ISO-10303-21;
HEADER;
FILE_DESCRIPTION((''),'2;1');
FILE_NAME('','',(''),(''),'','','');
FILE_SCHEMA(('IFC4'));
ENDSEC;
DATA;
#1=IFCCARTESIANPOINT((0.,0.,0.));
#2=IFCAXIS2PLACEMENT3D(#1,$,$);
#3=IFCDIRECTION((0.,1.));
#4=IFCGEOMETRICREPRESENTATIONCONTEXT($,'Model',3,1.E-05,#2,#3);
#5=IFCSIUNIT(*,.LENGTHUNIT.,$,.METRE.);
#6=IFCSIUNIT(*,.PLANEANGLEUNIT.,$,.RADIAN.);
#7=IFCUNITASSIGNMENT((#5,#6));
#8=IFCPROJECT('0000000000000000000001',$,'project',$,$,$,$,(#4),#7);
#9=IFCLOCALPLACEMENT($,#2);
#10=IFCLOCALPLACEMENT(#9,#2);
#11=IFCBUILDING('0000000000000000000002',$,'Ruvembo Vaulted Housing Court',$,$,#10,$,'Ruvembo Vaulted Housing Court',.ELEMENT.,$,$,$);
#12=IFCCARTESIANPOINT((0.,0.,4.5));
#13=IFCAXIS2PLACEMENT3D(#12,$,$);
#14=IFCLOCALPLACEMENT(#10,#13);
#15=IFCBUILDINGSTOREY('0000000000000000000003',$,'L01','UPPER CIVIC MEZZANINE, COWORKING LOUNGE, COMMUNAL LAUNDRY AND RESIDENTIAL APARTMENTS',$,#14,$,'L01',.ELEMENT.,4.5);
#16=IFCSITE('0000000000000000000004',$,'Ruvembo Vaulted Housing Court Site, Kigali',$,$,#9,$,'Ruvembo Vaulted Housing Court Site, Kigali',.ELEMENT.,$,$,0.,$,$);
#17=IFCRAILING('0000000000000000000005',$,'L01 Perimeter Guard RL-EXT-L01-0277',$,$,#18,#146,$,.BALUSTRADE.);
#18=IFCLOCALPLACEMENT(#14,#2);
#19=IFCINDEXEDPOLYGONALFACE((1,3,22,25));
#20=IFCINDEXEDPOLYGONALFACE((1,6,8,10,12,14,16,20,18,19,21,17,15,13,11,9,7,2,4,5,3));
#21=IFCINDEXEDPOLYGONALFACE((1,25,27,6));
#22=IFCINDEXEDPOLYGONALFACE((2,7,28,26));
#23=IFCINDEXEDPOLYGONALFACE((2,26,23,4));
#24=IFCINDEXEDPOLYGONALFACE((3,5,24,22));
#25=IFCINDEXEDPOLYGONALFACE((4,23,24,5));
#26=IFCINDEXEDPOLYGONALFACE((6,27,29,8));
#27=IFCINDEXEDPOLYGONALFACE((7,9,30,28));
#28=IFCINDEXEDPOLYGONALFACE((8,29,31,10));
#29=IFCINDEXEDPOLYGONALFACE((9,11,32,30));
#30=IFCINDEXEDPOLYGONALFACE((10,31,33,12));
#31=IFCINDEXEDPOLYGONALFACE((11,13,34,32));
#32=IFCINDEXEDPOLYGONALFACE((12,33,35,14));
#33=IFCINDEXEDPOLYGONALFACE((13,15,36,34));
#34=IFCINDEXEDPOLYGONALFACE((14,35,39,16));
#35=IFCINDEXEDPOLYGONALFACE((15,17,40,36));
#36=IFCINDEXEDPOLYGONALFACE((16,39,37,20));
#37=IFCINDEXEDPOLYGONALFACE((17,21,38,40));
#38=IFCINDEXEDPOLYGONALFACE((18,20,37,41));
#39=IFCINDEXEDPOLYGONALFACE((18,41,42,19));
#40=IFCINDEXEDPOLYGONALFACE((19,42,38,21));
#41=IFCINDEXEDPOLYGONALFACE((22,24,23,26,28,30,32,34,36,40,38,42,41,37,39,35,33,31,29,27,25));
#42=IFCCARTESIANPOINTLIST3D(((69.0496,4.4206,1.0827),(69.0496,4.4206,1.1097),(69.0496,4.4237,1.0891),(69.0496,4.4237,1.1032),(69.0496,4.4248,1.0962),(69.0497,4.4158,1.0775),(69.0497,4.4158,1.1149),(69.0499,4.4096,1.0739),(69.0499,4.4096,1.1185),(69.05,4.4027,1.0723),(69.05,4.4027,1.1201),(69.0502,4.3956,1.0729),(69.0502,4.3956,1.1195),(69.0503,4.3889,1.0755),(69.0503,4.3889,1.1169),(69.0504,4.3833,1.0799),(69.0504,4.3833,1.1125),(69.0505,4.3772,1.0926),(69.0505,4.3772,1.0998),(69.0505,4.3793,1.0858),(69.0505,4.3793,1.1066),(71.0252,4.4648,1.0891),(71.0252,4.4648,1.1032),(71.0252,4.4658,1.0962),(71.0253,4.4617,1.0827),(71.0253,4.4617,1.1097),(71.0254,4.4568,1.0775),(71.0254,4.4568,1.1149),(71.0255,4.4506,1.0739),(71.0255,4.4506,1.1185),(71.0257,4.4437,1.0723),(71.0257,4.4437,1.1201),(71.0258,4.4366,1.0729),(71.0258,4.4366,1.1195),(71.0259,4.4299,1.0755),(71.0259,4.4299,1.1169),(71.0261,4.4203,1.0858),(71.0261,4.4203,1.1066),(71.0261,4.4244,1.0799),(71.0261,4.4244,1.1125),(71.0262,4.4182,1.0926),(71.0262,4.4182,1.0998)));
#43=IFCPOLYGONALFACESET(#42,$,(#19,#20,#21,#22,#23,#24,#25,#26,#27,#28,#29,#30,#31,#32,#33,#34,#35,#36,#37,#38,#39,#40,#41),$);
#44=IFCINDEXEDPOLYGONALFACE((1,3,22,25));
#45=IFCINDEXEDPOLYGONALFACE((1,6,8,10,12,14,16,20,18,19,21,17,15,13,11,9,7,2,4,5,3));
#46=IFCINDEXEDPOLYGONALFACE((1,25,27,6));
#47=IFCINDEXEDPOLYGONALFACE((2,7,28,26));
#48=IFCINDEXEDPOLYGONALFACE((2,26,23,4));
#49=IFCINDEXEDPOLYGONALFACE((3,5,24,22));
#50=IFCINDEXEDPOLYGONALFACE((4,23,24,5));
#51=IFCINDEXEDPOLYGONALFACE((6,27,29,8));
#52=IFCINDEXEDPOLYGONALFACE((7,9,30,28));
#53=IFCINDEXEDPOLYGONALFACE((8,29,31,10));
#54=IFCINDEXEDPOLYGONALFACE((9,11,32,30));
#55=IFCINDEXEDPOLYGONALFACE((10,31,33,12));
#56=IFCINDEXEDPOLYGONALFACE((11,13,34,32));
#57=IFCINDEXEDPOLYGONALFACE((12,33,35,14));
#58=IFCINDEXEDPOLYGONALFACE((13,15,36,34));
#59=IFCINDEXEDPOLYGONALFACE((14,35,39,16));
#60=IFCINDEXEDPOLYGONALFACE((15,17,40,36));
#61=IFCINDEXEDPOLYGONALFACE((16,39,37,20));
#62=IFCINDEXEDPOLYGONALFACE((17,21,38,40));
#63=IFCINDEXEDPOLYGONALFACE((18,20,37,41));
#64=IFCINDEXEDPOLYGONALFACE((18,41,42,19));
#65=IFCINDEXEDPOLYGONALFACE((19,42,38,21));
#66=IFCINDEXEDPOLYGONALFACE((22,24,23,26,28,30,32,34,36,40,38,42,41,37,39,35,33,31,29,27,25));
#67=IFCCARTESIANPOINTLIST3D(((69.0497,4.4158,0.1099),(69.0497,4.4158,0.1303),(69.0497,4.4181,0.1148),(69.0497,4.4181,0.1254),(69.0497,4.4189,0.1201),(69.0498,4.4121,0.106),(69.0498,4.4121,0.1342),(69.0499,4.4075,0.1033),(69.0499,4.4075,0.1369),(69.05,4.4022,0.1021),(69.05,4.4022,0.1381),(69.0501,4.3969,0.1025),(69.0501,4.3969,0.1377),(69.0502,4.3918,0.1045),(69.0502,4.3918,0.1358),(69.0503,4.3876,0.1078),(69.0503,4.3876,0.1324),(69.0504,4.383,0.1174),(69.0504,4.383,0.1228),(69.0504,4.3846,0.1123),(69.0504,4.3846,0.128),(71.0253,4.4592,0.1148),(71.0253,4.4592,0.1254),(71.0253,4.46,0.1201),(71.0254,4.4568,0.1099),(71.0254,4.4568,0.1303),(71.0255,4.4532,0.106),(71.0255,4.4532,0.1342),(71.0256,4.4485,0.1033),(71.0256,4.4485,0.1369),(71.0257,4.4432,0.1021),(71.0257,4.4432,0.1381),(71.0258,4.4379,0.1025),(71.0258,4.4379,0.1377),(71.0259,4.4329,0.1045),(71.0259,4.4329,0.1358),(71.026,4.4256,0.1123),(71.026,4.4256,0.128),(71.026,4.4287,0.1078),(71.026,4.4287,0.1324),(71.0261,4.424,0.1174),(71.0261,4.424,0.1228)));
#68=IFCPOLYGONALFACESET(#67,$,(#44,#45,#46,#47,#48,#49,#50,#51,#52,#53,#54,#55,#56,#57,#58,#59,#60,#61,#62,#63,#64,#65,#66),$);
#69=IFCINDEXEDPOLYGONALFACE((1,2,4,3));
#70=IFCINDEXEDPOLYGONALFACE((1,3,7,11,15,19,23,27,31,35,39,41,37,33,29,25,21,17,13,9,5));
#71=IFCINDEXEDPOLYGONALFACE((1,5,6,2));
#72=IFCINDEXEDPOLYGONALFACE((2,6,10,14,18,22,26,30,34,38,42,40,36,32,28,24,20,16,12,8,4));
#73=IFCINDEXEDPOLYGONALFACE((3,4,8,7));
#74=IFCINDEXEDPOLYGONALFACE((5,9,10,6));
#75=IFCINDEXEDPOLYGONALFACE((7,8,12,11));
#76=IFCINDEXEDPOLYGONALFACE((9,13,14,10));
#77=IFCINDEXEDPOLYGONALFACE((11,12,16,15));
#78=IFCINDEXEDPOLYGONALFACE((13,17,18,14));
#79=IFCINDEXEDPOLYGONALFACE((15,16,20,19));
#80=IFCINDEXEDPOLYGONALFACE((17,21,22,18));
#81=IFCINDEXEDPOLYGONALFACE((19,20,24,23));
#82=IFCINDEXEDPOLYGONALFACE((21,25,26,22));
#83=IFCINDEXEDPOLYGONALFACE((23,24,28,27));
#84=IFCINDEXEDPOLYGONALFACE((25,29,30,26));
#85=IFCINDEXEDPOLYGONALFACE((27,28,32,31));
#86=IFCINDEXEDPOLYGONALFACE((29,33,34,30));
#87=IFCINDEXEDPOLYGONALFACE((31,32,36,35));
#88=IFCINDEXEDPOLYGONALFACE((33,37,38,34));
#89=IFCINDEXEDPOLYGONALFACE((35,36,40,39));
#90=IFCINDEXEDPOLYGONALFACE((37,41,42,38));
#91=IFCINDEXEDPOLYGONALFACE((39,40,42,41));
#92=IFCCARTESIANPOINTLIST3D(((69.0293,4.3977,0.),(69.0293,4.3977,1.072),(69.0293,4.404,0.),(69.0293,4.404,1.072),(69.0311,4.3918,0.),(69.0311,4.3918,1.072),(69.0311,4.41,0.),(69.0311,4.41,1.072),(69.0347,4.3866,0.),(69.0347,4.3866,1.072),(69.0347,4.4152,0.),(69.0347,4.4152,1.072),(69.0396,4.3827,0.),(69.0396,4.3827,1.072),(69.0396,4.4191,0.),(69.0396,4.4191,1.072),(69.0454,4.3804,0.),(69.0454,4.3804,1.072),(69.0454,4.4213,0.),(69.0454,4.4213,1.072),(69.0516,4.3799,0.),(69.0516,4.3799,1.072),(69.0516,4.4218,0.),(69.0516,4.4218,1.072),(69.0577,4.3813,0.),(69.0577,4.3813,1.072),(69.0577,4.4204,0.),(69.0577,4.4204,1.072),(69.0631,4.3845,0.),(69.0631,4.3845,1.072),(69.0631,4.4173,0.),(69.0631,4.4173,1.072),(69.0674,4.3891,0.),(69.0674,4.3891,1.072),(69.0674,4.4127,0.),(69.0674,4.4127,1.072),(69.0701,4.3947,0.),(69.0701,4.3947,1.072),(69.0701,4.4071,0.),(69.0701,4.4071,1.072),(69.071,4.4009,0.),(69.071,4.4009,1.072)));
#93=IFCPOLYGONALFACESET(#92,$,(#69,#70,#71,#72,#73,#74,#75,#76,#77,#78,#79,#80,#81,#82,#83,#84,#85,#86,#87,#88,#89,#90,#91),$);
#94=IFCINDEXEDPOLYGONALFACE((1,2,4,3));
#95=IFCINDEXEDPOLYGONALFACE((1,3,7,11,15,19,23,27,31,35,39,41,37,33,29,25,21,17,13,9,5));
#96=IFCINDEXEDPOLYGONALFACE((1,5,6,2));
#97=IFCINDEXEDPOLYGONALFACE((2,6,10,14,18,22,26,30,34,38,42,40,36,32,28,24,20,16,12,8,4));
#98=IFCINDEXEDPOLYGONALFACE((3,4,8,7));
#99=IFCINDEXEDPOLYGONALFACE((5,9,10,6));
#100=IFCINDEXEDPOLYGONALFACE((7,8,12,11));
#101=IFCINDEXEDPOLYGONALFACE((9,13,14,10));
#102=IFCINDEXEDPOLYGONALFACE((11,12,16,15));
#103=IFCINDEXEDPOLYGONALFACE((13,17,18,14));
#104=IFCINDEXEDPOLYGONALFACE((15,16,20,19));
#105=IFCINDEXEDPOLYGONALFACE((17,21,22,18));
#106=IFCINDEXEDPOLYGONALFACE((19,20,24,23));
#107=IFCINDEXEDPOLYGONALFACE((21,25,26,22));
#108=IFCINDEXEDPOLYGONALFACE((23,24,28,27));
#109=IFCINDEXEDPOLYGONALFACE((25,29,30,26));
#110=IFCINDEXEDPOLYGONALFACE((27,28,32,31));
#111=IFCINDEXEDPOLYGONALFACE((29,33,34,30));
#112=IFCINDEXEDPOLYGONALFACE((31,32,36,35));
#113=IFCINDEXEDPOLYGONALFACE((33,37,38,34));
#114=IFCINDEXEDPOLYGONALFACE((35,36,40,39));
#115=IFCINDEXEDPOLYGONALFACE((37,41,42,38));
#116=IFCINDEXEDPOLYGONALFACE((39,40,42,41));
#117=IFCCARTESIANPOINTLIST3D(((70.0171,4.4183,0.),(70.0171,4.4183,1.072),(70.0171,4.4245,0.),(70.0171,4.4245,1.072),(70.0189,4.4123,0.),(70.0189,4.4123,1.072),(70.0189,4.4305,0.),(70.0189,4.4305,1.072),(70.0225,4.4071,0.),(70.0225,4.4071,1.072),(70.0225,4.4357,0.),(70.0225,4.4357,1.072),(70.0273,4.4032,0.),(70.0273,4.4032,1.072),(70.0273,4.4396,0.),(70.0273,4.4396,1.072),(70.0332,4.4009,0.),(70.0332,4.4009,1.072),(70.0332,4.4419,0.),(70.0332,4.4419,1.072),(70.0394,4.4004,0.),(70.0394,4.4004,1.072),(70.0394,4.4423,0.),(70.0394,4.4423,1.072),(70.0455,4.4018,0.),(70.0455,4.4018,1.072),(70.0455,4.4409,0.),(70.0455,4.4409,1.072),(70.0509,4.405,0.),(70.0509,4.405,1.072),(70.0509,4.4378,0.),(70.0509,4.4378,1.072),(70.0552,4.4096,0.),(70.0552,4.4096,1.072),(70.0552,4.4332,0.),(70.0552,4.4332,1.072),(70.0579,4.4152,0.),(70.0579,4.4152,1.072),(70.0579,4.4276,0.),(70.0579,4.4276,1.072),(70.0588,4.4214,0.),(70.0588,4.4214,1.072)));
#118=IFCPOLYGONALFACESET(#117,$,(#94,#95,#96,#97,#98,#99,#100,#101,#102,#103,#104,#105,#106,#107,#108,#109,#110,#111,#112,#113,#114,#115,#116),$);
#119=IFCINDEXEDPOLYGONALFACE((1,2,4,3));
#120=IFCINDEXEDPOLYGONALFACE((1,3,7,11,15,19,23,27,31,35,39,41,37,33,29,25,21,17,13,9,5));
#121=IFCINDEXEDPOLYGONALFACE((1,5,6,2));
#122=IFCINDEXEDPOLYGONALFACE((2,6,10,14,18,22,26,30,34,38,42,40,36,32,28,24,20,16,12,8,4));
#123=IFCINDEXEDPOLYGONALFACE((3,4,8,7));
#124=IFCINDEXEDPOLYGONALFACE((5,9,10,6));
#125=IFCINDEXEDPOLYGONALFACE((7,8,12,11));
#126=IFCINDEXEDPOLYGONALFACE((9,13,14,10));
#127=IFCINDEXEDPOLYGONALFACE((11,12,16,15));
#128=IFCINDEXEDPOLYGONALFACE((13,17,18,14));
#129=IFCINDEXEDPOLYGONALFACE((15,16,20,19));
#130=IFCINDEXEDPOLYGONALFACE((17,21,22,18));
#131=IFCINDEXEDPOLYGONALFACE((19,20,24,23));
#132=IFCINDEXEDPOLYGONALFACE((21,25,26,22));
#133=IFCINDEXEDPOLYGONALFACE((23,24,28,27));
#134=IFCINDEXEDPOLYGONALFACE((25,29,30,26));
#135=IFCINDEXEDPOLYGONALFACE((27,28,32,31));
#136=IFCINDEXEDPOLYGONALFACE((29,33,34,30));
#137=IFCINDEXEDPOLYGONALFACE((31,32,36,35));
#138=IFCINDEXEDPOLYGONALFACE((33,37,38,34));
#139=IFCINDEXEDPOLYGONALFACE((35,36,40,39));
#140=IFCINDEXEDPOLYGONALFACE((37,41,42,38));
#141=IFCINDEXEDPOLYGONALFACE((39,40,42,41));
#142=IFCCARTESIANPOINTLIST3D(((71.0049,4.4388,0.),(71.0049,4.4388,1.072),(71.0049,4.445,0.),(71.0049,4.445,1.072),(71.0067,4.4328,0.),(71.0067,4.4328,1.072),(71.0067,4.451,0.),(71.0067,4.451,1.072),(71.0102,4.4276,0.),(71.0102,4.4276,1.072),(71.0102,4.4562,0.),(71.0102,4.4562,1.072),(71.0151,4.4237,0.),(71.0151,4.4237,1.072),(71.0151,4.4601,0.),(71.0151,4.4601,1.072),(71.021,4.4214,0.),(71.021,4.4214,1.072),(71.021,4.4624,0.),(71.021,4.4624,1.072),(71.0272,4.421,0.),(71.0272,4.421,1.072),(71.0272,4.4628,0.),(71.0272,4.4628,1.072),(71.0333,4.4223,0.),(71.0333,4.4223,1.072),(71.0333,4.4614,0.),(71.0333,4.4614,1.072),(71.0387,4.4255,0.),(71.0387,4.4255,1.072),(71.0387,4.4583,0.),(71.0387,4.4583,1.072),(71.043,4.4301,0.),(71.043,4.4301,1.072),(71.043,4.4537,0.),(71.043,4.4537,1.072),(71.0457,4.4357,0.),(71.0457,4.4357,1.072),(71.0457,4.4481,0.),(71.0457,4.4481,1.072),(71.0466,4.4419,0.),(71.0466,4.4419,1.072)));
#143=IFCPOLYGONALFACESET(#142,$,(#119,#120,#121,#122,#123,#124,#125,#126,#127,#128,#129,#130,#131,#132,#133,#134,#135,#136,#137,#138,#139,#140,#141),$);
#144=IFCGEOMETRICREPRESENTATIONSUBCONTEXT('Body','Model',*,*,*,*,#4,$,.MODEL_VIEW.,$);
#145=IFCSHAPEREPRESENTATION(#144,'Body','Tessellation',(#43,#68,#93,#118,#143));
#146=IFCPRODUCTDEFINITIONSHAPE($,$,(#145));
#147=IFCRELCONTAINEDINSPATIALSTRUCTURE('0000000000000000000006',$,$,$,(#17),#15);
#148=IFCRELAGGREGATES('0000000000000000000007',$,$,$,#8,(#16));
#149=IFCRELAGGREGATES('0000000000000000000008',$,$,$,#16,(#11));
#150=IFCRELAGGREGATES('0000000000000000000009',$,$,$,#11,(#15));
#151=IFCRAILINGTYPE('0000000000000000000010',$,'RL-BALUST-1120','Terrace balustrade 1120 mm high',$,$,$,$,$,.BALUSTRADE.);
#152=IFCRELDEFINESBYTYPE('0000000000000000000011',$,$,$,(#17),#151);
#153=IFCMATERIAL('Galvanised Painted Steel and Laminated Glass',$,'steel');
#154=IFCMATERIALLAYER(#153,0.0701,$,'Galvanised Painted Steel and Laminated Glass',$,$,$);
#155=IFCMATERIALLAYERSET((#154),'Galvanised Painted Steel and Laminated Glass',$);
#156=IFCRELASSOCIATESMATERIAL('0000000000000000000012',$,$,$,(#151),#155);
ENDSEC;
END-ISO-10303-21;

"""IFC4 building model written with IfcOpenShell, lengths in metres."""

from ifc_helpers import new_model, si_unit, direction, frame, origin, origin_2d, place, context, subcontext, project, spatial, circle, extrude, material, layer, layer_set, type_object, element, save


model = new_model("IFC4")

# Units and contexts
model_context = context("Model", 3, precision=1e-05, world=origin(), true_north=direction((0.0, 1.0)))
body_context = subcontext(model_context, "Body", "Model", "MODEL_VIEW")
ifc_project = project(units=[si_unit("LENGTHUNIT", "METRE"), si_unit("PLANEANGLEUNIT", "RADIAN")], contexts=[model_context])

# Site, building, storey
site_placement = place(None, origin())
site = spatial("IfcSite", under=ifc_project, at=site_placement, Name="Ruvembo Vaulted Housing Court Site, Kigali", LongName="Ruvembo Vaulted Housing Court Site, Kigali", CompositionType="ELEMENT", RefElevation=0.0)
building_placement = place(site_placement, origin())
building = spatial("IfcBuilding", under=site, at=building_placement, Name="Ruvembo Vaulted Housing Court", LongName="Ruvembo Vaulted Housing Court", CompositionType="ELEMENT")
storey_placement = place(building_placement, frame((0.0, 0.0, 4.5)))
storey = spatial("IfcBuildingStorey", under=building, at=storey_placement, Name="L01", Description="UPPER CIVIC MEZZANINE, COWORKING LOUNGE, COMMUNAL LAUNDRY AND RESIDENTIAL APARTMENTS", LongName="L01", CompositionType="ELEMENT", Elevation=4.5)

# Railing
ifc_material_1 = material(Name="Galvanised Painted Steel and Laminated Glass", Category="steel")
ifc_layer_1 = layer(ifc_material_1, 0.0701, Name="Galvanised Painted Steel and Laminated Glass")
ifc_layer_set_1 = layer_set([ifc_layer_1], Name="Galvanised Painted Steel and Laminated Glass")
railing_type = type_object("IfcRailingType", Name="RL-BALUST-1120", Description="Terrace balustrade 1120 mm high", PredefinedType="BALUSTRADE", material=ifc_layer_set_1)
railing_1_placement = place(storey_placement, frame((69.05, 4.4009, 0.0)))
element("IfcRailing", 1, at=railing_1_placement, inside=storey, type_object=railing_type, Name="L01 Perimeter Guard RL-EXT-L01-0277", PredefinedType="BALUSTRADE", context=body_context, shape_type="SweptSolid", body=[
    extrude(circle(Radius=0.0239, at=origin_2d()), frame((0.0, 0.0, 1.0962), z_axis=(0.999785, 0.020757, 0.0), x_axis=(-0.020757, 0.999785, 0.0)), (0.0, 0.0, 1.0), 1.9761),
    extrude(circle(Radius=0.0181, at=origin_2d()), frame((0.0, 0.0, 0.1201), z_axis=(0.999785, 0.020757, 0.0), x_axis=(-0.020757, 0.999785, 0.0)), (0.0, 0.0, 1.0), 1.9761),
    extrude(circle(Radius=0.021, at=origin_2d()), origin(), (0.0, 0.0, 1.0), 1.072),
    extrude(circle(Radius=0.021, at=origin_2d()), frame((0.9878, 0.0205, 0.0)), (0.0, 0.0, 1.0), 1.072),
    extrude(circle(Radius=0.021, at=origin_2d()), frame((1.9756, 0.041, 0.0)), (0.0, 0.0, 1.0), 1.072),
])

save(model, "model.ifc")
